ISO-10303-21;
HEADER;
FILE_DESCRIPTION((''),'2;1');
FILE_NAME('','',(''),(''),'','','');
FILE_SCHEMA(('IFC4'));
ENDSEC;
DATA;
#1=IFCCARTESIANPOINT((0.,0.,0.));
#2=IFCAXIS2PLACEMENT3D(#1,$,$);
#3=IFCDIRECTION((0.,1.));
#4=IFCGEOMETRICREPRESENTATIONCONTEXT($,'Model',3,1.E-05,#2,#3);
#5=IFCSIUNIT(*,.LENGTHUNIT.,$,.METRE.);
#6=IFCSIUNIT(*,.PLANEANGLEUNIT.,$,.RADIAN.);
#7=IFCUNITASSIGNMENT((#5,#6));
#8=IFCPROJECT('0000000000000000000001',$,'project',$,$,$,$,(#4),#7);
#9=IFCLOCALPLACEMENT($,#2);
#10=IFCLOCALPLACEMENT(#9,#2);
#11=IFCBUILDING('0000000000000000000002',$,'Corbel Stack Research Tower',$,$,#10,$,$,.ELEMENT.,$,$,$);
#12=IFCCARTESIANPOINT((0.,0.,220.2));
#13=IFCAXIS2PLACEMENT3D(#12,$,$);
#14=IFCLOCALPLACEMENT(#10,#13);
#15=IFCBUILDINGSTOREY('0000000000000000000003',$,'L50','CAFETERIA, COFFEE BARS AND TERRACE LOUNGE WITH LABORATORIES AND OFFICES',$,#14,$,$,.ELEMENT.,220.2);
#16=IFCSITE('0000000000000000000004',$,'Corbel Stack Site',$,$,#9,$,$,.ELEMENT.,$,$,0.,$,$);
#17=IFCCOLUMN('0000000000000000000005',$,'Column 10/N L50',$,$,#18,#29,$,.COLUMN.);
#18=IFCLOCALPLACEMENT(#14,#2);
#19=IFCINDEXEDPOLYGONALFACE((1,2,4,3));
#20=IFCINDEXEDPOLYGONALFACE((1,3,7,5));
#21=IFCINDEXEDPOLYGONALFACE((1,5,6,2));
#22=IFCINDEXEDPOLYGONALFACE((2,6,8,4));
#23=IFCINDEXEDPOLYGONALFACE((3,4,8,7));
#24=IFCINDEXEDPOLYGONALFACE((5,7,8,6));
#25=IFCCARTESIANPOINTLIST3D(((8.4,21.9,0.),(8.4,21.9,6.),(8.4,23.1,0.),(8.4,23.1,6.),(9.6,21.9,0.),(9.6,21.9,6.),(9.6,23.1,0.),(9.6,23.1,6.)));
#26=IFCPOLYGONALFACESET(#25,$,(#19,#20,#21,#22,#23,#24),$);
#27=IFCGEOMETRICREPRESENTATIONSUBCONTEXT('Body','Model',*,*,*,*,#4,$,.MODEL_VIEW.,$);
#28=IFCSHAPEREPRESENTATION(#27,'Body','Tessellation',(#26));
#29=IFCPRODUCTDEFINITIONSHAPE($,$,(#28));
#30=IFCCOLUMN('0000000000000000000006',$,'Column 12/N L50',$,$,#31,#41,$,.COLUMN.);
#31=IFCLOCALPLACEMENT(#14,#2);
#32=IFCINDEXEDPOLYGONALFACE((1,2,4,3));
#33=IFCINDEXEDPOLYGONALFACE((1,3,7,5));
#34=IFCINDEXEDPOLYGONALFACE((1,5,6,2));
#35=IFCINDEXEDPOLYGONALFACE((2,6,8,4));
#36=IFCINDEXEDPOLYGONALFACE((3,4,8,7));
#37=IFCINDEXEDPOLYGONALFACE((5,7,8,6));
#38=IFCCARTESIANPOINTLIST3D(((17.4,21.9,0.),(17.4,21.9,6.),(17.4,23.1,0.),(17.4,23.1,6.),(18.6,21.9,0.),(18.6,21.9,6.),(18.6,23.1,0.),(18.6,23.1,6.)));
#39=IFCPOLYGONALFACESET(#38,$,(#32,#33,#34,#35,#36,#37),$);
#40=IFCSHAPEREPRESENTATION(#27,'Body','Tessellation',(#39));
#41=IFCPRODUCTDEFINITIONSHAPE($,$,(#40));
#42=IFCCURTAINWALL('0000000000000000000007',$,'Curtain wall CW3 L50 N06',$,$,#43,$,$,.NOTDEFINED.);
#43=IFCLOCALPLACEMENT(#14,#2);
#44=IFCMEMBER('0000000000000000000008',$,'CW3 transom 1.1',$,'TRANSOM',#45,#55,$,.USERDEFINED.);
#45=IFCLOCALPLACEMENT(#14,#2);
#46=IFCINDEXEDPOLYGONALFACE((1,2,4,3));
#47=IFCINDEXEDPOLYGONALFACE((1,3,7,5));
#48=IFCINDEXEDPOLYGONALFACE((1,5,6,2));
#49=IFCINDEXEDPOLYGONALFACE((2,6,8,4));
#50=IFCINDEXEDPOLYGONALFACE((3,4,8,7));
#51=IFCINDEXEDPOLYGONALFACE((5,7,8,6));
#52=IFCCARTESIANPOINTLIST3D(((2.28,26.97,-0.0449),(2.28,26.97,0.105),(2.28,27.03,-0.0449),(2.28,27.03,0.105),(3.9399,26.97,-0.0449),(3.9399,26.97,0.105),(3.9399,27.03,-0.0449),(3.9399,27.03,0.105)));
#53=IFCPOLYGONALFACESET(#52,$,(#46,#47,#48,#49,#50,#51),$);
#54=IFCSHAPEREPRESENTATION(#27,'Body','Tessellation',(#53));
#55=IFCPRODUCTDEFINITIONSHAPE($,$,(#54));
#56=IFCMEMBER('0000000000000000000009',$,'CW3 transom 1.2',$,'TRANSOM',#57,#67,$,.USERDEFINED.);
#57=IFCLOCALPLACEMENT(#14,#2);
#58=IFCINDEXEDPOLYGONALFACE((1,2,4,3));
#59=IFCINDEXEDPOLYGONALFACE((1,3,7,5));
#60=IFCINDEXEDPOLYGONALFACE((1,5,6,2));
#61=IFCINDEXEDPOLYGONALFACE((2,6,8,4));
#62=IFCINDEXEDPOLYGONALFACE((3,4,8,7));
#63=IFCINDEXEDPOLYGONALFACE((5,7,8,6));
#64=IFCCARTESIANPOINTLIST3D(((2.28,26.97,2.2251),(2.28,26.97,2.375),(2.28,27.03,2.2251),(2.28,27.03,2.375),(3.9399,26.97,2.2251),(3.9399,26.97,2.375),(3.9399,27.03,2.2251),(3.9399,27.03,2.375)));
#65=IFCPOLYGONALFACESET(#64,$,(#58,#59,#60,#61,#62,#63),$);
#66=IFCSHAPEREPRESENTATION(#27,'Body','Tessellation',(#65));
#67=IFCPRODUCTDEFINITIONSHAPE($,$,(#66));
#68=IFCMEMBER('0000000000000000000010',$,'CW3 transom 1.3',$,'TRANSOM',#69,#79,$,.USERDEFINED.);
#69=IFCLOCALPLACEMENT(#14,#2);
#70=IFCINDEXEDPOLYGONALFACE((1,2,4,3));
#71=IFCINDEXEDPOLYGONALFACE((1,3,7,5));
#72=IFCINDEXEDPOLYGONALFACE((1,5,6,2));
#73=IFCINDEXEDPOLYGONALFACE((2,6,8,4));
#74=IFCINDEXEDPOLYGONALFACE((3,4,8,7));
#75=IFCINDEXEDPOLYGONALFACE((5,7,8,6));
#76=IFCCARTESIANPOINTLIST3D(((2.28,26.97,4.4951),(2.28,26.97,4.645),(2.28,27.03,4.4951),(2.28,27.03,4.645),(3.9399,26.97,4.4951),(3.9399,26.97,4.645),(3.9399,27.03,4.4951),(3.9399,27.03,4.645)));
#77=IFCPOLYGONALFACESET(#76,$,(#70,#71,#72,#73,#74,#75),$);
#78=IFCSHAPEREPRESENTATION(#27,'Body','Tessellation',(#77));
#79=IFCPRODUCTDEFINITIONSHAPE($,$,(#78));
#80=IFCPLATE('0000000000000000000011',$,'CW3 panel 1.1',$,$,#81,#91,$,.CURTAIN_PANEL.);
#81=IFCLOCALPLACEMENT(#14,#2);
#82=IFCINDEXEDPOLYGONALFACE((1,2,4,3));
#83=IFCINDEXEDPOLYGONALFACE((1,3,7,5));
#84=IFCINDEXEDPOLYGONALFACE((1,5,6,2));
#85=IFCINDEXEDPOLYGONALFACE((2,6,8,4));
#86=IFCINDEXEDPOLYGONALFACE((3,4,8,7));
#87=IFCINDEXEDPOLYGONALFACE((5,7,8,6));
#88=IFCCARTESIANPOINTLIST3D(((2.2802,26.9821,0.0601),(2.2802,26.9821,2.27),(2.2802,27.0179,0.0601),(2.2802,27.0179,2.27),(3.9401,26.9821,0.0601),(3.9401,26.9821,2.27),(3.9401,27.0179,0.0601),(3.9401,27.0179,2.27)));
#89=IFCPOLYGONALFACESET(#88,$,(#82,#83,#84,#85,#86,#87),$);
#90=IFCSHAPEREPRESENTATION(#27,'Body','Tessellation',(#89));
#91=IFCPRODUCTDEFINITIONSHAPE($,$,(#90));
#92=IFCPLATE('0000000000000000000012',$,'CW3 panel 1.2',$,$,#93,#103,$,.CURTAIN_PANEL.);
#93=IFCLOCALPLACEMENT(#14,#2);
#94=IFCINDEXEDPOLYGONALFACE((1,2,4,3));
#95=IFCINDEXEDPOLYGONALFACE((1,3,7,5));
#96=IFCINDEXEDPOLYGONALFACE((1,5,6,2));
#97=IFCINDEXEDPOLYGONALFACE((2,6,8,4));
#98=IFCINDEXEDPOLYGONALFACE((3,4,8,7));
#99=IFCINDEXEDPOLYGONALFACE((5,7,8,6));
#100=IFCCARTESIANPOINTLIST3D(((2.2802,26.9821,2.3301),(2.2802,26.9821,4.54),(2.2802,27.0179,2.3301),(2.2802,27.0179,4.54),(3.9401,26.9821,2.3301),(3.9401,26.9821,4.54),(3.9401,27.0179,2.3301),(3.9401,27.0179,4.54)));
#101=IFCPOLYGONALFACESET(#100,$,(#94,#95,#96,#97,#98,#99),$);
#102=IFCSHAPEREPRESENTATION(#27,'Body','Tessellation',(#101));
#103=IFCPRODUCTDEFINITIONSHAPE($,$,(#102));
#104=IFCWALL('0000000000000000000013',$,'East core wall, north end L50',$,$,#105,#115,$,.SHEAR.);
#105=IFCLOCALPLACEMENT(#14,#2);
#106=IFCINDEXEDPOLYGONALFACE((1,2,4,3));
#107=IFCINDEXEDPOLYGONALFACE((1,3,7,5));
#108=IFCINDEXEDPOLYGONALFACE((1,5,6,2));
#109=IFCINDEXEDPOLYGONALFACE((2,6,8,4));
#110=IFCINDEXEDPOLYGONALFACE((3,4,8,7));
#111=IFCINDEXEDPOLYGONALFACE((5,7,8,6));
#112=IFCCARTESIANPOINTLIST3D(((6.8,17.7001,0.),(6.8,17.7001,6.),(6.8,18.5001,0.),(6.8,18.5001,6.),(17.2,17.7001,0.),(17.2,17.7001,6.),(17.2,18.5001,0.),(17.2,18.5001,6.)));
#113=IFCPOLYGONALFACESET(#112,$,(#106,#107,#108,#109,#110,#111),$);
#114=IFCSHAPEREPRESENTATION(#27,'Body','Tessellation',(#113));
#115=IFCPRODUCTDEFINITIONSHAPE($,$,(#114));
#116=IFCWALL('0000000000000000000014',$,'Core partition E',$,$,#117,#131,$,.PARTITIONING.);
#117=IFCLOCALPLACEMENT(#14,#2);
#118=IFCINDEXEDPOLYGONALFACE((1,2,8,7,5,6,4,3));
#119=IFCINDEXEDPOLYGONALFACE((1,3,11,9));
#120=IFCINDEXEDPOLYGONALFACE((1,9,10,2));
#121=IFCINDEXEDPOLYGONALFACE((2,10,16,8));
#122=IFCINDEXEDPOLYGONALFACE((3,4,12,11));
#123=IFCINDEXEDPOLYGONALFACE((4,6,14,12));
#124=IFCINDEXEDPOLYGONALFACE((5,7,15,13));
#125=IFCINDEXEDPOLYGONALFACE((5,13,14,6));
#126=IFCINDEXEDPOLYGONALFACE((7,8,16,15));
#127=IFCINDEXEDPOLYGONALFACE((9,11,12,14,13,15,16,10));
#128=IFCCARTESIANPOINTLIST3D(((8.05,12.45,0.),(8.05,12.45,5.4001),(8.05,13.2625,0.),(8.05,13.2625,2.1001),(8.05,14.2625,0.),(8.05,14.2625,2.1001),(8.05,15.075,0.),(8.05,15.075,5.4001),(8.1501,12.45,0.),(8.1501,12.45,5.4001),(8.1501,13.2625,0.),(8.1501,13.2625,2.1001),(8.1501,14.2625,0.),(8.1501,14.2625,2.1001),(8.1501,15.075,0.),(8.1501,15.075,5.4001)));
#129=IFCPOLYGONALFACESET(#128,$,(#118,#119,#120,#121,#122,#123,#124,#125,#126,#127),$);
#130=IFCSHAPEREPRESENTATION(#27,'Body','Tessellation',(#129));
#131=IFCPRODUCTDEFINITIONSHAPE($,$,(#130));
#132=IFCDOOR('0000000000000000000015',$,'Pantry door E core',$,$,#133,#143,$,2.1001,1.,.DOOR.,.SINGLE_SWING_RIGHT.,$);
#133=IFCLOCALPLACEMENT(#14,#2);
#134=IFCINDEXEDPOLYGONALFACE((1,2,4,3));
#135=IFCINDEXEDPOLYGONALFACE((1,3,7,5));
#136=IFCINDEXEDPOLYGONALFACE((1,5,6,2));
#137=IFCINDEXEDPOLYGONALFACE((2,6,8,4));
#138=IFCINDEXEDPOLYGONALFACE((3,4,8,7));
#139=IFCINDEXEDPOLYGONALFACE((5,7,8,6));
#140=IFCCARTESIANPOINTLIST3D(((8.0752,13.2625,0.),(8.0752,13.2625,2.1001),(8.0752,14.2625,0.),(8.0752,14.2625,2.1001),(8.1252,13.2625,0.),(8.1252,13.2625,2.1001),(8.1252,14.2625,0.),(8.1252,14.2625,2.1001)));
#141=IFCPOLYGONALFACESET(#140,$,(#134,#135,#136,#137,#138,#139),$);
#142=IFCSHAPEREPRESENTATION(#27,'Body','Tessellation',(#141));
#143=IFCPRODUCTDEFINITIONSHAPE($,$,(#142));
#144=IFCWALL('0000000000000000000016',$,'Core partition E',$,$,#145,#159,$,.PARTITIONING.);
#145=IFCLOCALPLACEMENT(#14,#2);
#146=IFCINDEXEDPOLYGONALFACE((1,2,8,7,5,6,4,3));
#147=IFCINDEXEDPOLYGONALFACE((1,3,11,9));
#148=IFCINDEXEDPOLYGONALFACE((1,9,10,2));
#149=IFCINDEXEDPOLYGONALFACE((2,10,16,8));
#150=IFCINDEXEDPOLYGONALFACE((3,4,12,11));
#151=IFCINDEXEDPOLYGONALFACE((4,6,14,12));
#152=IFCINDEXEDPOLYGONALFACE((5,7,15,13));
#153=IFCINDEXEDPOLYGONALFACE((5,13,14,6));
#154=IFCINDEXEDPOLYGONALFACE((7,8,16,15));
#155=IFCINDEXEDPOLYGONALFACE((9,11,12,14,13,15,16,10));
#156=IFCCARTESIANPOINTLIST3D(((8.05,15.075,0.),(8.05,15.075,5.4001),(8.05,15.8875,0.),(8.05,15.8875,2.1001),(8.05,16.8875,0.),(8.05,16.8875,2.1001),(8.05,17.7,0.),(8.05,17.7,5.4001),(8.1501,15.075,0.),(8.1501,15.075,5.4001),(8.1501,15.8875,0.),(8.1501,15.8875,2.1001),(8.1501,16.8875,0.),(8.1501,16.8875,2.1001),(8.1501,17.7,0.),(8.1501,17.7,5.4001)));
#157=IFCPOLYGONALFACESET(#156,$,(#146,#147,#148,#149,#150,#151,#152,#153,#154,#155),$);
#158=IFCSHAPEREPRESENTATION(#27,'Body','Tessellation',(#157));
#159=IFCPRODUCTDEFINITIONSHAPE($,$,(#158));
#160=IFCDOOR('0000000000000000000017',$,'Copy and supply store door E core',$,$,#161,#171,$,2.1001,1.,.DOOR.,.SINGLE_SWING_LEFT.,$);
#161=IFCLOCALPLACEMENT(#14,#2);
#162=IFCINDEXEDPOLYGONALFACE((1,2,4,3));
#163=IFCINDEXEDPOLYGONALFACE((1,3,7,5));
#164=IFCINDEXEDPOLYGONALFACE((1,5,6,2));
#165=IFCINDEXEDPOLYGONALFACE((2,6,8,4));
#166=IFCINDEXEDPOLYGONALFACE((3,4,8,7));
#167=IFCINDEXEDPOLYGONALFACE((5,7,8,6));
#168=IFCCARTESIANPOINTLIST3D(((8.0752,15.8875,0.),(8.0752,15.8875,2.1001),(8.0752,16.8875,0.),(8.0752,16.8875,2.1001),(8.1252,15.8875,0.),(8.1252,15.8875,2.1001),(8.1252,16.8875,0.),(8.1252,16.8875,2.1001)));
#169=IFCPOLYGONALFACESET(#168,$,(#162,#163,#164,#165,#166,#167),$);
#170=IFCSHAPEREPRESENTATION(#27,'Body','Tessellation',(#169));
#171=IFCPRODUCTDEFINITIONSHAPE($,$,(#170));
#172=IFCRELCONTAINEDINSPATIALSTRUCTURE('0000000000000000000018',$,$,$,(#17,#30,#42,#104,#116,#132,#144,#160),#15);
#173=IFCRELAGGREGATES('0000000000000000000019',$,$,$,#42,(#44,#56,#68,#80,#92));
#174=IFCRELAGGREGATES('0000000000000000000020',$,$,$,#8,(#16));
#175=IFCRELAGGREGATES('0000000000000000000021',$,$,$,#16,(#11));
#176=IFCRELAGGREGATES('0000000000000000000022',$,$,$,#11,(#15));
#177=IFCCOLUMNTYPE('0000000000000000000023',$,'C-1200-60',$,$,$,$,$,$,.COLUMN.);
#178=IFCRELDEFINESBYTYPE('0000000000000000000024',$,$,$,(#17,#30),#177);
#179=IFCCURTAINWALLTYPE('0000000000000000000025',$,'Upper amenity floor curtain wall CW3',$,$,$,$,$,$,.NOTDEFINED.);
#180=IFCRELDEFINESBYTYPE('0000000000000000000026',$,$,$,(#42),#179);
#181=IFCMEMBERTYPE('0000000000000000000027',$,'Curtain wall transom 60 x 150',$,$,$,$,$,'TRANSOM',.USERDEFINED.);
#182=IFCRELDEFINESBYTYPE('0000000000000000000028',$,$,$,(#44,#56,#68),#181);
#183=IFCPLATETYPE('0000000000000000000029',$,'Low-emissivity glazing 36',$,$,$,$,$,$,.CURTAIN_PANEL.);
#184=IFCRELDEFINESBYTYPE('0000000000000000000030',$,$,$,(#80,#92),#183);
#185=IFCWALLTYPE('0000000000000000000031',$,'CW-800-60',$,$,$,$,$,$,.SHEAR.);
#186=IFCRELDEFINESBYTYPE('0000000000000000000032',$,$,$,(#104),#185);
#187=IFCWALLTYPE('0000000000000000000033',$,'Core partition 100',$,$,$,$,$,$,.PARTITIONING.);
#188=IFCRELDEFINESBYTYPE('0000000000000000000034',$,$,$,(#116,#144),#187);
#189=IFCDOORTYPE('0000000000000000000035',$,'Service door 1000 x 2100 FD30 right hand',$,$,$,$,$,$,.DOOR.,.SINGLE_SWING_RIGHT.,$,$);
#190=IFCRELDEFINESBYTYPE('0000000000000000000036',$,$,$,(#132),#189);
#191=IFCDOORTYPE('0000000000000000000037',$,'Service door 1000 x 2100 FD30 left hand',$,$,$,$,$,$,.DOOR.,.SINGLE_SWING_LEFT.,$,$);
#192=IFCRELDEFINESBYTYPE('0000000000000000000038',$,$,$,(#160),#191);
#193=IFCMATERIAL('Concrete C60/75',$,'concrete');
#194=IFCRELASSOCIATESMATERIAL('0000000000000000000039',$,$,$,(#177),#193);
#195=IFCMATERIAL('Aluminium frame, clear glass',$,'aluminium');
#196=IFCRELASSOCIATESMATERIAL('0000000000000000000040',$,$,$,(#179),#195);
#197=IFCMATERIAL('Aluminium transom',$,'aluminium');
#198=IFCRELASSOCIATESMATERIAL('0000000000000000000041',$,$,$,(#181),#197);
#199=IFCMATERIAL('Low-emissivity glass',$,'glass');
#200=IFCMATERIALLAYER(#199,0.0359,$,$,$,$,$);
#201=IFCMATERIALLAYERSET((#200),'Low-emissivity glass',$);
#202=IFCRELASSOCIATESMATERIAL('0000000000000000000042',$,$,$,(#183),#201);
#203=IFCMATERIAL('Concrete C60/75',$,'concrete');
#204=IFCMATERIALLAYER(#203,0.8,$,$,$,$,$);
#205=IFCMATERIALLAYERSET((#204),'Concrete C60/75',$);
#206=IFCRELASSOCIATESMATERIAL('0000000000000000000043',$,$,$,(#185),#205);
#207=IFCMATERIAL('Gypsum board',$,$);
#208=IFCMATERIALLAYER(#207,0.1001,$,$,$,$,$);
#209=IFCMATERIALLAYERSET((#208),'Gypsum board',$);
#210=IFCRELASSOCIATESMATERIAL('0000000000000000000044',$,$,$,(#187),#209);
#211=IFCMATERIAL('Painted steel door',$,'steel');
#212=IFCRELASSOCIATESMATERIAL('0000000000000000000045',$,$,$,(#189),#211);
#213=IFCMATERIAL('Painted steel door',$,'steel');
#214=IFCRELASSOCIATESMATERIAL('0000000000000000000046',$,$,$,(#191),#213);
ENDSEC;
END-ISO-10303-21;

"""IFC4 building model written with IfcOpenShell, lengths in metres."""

from ifc_helpers import new_model, si_unit, direction, frame, frame_2d, origin, origin_2d, place, context, subcontext, project, spatial, rectangle, extrude, material, layer, layer_set, material_profile, profile_set, type_object, element, fill, aggregate, save


model = new_model("IFC4")

# Units and contexts
model_context = context("Model", 3, precision=1e-05, world=origin(), true_north=direction((0.0, 1.0)))
body_context = subcontext(model_context, "Body", "Model", "MODEL_VIEW")
ifc_project = project(units=[si_unit("LENGTHUNIT", "METRE"), si_unit("PLANEANGLEUNIT", "RADIAN")], contexts=[model_context])

# Site, building, storey
site_placement = place(None, origin())
site = spatial("IfcSite", under=ifc_project, at=site_placement, Name="Corbel Stack Site", CompositionType="ELEMENT", RefElevation=0.0)
building_placement = place(site_placement, origin())
building = spatial("IfcBuilding", under=site, at=building_placement, Name="Corbel Stack Research Tower", CompositionType="ELEMENT")
storey_placement = place(building_placement, frame((0.0, 0.0, 220.2)))
storey = spatial("IfcBuildingStorey", under=building, at=storey_placement, Name="L50", Description="CAFETERIA, COFFEE BARS AND TERRACE LOUNGE WITH LABORATORIES AND OFFICES", CompositionType="ELEMENT", Elevation=220.2)

# Columns
ifc_material_1 = material(Name="Concrete C60/75", Category="concrete")
ifc_material_profile_1 = material_profile(ifc_material_1, rectangle(XDim=1.2, YDim=1.2, at=origin_2d()), Name="RC 1200 x 1200")
ifc_profile_set_1 = profile_set([ifc_material_profile_1], Name="Concrete C60/75")
column_type = type_object("IfcColumnType", Name="C-1200-60", PredefinedType="COLUMN", material=ifc_profile_set_1)
for number, where, z_axis, x_axis, name in (
    (1, (9.0, 22.5, 0.0), (0.0, 0.0, 1.0), (1.0, 0.0, 0.0), "Column 10/N L50"),
    (2, (18.0, 22.5, 0.0), (0.0, 0.0, 1.0), (1.0, 0.0, 0.0), "Column 12/N L50"),
):
    element("IfcColumn", number, at=place(storey_placement, frame(where, z_axis=z_axis, x_axis=x_axis)), inside=storey, type_object=column_type, Name=name, PredefinedType="COLUMN", context=body_context, shape_type="SweptSolid", body=[
        extrude(rectangle(XDim=1.2, YDim=1.2, at=origin_2d()), origin(), (0.0, 0.0, 1.0), 6.0),
    ])

# Curtain wall, members, plates
ifc_material_2 = material(Name="Aluminium frame, clear glass", Category="aluminium")
curtain_wall_type = type_object("IfcCurtainWallType", Name="Upper amenity floor curtain wall CW3", PredefinedType="NOTDEFINED", material=ifc_material_2)
curtain_wall_placement = place(storey_placement, origin())
curtain_wall = element("IfcCurtainWall", 3, at=curtain_wall_placement, inside=storey, type_object=curtain_wall_type, Name="Curtain wall CW3 L50 N06", PredefinedType="NOTDEFINED")
ifc_material_3 = material(Name="Aluminium transom", Category="aluminium")
ifc_material_profile_2 = material_profile(ifc_material_3, rectangle(XDim=0.0601, YDim=0.1499, at=origin_2d()), Name="Transom 60 x 150")
ifc_profile_set_2 = profile_set([ifc_material_profile_2], Name="Aluminium transom")
member_type = type_object("IfcMemberType", Name="Curtain wall transom 60 x 150", ElementType="TRANSOM", PredefinedType="USERDEFINED", material=ifc_profile_set_2)
member_1_placement = place(storey_placement, frame((3.9399, 27.0, 0.03), z_axis=(-1.0, 0.0, 0.0), x_axis=(0.0, -1.0, 0.0)))
member_1 = element("IfcMember", 4, at=member_1_placement, type_object=member_type, Name="CW3 transom 1.1", ObjectType="TRANSOM", PredefinedType="USERDEFINED", context=body_context, shape_type="SweptSolid", body=[
    extrude(rectangle(XDim=0.0601, YDim=0.1499, at=origin_2d()), origin(), (0.0, 0.0, 1.0), 1.6599),
])
member_2_placement = place(storey_placement, frame((3.9399, 27.0, 2.3), z_axis=(-1.0, 0.0, 0.0), x_axis=(0.0, -1.0, 0.0)))
member_2 = element("IfcMember", 5, at=member_2_placement, type_object=member_type, Name="CW3 transom 1.2", ObjectType="TRANSOM", PredefinedType="USERDEFINED", context=body_context, shape_type="SweptSolid", body=[
    extrude(rectangle(XDim=0.0601, YDim=0.1499, at=origin_2d()), origin(), (0.0, 0.0, 1.0), 1.6599),
])
member_3_placement = place(storey_placement, frame((3.9399, 27.0, 4.5701), z_axis=(-1.0, 0.0, 0.0), x_axis=(0.0, -1.0, 0.0)))
member_3 = element("IfcMember", 6, at=member_3_placement, type_object=member_type, Name="CW3 transom 1.3", ObjectType="TRANSOM", PredefinedType="USERDEFINED", context=body_context, shape_type="SweptSolid", body=[
    extrude(rectangle(XDim=0.0601, YDim=0.1499, at=origin_2d()), origin(), (0.0, 0.0, 1.0), 1.6599),
])
ifc_material_4 = material(Name="Low-emissivity glass", Category="glass")
ifc_layer_1 = layer(ifc_material_4, 0.0359)
ifc_layer_set_1 = layer_set([ifc_layer_1], Name="Low-emissivity glass")
plate_type = type_object("IfcPlateType", Name="Low-emissivity glazing 36", PredefinedType="CURTAIN_PANEL", material=ifc_layer_set_1)
plate_1_placement = place(storey_placement, frame((3.1101, 27.0, 0.0601), z_axis=(0.0, 0.0, 1.0), x_axis=(-1.0, 0.0, 0.0)))
plate_1 = element("IfcPlate", 7, at=plate_1_placement, type_object=plate_type, Name="CW3 panel 1.1", PredefinedType="CURTAIN_PANEL", context=body_context, shape_type="SweptSolid", body=[
    extrude(rectangle(XDim=1.6599, YDim=0.0359, at=origin_2d()), origin(), (0.0, 0.0, 1.0), 2.21),
])
plate_2_placement = place(storey_placement, frame((3.1101, 27.0, 2.3301), z_axis=(0.0, 0.0, 1.0), x_axis=(-1.0, 0.0, 0.0)))
plate_2 = element("IfcPlate", 8, at=plate_2_placement, type_object=plate_type, Name="CW3 panel 1.2", PredefinedType="CURTAIN_PANEL", context=body_context, shape_type="SweptSolid", body=[
    extrude(rectangle(XDim=1.6599, YDim=0.0359, at=origin_2d()), origin(), (0.0, 0.0, 1.0), 2.21),
])
aggregate(curtain_wall, [member_1, member_2, member_3, plate_1, plate_2])

# Wall
ifc_material_5 = material(Name="Concrete C60/75", Category="concrete")
ifc_layer_2 = layer(ifc_material_5, 0.8)
ifc_layer_set_2 = layer_set([ifc_layer_2], Name="Concrete C60/75")
wall_type_1 = type_object("IfcWallType", Name="CW-800-60", PredefinedType="SHEAR", material=ifc_layer_set_2)
wall_1_placement = place(storey_placement, frame((6.8, 18.1001, 0.0), z_axis=(0.0, 0.0, 1.0), x_axis=(1.0, 0.0, 0.0)))
element("IfcWall", 9, at=wall_1_placement, inside=storey, type_object=wall_type_1, Name="East core wall, north end L50", PredefinedType="SHEAR", context=body_context, shape_type="SweptSolid", body=[
    extrude(rectangle(XDim=10.3999, YDim=0.8, at=frame_2d((5.2, 0.0))), origin(), (0.0, 0.0, 1.0), 6.0),
])

# Walls, openings, doors
ifc_material_6 = material(Name="Gypsum board")
ifc_layer_3 = layer(ifc_material_6, 0.1001)
ifc_layer_set_3 = layer_set([ifc_layer_3], Name="Gypsum board")
wall_type_2 = type_object("IfcWallType", Name="Core partition 100", PredefinedType="PARTITIONING", material=ifc_layer_set_3)
wall_2_placement = place(storey_placement, frame((8.1001, 12.45, 0.0), z_axis=(0.0, 0.0, 1.0), x_axis=(0.0, 1.0, 0.0)))
wall_2 = element("IfcWall", 10, at=wall_2_placement, inside=storey, type_object=wall_type_2, Name="Core partition E", PredefinedType="PARTITIONING", context=body_context, shape_type="SweptSolid", body=[
    extrude(rectangle(XDim=2.625, YDim=0.1001, at=frame_2d((1.3125, 0.0))), origin(), (0.0, 0.0, 1.0), 5.4001),
])
opening_1_placement = place(wall_2_placement, frame((0.8125, 0.0, 0.0)))
opening_1 = element("IfcOpeningElement", 11, at=opening_1_placement, cuts=wall_2, PredefinedType="OPENING", context=body_context, shape_type="SweptSolid", body=[
    extrude(rectangle(XDim=1.0, YDim=2.1001, at=frame_2d((0.5, 1.05))), frame((0.0, 0.0601, 0.0), z_axis=(0.0, -1.0, 0.0), x_axis=(1.0, 0.0, 0.0)), (0.0, 0.0, 1.0), 0.1201),
])
ifc_material_7 = material(Name="Painted steel door", Category="steel")
door_type_1 = type_object("IfcDoorType", Name="Service door 1000 x 2100 FD30 right hand", OperationType="SINGLE_SWING_RIGHT", PredefinedType="DOOR", material=ifc_material_7)
door_1_placement = place(opening_1_placement, origin())
door_1 = element("IfcDoor", 12, at=door_1_placement, inside=storey, type_object=door_type_1, Name="Pantry door E core", OperationType="SINGLE_SWING_RIGHT", OverallHeight=2.1001, OverallWidth=1.0, PredefinedType="DOOR", context=body_context, shape_type="SweptSolid", body=[
    extrude(rectangle(XDim=1.0, YDim=2.1001, at=frame_2d((0.5, 1.05))), frame((0.0, 0.0249, 0.0), z_axis=(0.0, -1.0, 0.0), x_axis=(1.0, 0.0, 0.0)), (0.0, 0.0, 1.0), 0.05),
])
fill(opening_1, door_1)
wall_3_placement = place(storey_placement, frame((8.1001, 15.075, 0.0), z_axis=(0.0, 0.0, 1.0), x_axis=(0.0, 1.0, 0.0)))
wall_3 = element("IfcWall", 13, at=wall_3_placement, inside=storey, type_object=wall_type_2, Name="Core partition E", PredefinedType="PARTITIONING", context=body_context, shape_type="SweptSolid", body=[
    extrude(rectangle(XDim=2.625, YDim=0.1001, at=frame_2d((1.3125, 0.0))), origin(), (0.0, 0.0, 1.0), 5.4001),
])
opening_2_placement = place(wall_3_placement, frame((0.8125, 0.0, 0.0)))
opening_2 = element("IfcOpeningElement", 14, at=opening_2_placement, cuts=wall_3, PredefinedType="OPENING", context=body_context, shape_type="SweptSolid", body=[
    extrude(rectangle(XDim=1.0, YDim=2.1001, at=frame_2d((0.5, 1.05))), frame((0.0, 0.0601, 0.0), z_axis=(0.0, -1.0, 0.0), x_axis=(1.0, 0.0, 0.0)), (0.0, 0.0, 1.0), 0.1201),
])
ifc_material_8 = material(Name="Painted steel door", Category="steel")
door_type_2 = type_object("IfcDoorType", Name="Service door 1000 x 2100 FD30 left hand", OperationType="SINGLE_SWING_LEFT", PredefinedType="DOOR", material=ifc_material_8)
door_2_placement = place(opening_2_placement, origin())
door_2 = element("IfcDoor", 15, at=door_2_placement, inside=storey, type_object=door_type_2, Name="Copy and supply store door E core", OperationType="SINGLE_SWING_LEFT", OverallHeight=2.1001, OverallWidth=1.0, PredefinedType="DOOR", context=body_context, shape_type="SweptSolid", body=[
    extrude(rectangle(XDim=1.0, YDim=2.1001, at=frame_2d((0.5, 1.05))), frame((0.0, 0.0249, 0.0), z_axis=(0.0, -1.0, 0.0), x_axis=(1.0, 0.0, 0.0)), (0.0, 0.0, 1.0), 0.05),
])
fill(opening_2, door_2)

save(model, "model.ifc")
